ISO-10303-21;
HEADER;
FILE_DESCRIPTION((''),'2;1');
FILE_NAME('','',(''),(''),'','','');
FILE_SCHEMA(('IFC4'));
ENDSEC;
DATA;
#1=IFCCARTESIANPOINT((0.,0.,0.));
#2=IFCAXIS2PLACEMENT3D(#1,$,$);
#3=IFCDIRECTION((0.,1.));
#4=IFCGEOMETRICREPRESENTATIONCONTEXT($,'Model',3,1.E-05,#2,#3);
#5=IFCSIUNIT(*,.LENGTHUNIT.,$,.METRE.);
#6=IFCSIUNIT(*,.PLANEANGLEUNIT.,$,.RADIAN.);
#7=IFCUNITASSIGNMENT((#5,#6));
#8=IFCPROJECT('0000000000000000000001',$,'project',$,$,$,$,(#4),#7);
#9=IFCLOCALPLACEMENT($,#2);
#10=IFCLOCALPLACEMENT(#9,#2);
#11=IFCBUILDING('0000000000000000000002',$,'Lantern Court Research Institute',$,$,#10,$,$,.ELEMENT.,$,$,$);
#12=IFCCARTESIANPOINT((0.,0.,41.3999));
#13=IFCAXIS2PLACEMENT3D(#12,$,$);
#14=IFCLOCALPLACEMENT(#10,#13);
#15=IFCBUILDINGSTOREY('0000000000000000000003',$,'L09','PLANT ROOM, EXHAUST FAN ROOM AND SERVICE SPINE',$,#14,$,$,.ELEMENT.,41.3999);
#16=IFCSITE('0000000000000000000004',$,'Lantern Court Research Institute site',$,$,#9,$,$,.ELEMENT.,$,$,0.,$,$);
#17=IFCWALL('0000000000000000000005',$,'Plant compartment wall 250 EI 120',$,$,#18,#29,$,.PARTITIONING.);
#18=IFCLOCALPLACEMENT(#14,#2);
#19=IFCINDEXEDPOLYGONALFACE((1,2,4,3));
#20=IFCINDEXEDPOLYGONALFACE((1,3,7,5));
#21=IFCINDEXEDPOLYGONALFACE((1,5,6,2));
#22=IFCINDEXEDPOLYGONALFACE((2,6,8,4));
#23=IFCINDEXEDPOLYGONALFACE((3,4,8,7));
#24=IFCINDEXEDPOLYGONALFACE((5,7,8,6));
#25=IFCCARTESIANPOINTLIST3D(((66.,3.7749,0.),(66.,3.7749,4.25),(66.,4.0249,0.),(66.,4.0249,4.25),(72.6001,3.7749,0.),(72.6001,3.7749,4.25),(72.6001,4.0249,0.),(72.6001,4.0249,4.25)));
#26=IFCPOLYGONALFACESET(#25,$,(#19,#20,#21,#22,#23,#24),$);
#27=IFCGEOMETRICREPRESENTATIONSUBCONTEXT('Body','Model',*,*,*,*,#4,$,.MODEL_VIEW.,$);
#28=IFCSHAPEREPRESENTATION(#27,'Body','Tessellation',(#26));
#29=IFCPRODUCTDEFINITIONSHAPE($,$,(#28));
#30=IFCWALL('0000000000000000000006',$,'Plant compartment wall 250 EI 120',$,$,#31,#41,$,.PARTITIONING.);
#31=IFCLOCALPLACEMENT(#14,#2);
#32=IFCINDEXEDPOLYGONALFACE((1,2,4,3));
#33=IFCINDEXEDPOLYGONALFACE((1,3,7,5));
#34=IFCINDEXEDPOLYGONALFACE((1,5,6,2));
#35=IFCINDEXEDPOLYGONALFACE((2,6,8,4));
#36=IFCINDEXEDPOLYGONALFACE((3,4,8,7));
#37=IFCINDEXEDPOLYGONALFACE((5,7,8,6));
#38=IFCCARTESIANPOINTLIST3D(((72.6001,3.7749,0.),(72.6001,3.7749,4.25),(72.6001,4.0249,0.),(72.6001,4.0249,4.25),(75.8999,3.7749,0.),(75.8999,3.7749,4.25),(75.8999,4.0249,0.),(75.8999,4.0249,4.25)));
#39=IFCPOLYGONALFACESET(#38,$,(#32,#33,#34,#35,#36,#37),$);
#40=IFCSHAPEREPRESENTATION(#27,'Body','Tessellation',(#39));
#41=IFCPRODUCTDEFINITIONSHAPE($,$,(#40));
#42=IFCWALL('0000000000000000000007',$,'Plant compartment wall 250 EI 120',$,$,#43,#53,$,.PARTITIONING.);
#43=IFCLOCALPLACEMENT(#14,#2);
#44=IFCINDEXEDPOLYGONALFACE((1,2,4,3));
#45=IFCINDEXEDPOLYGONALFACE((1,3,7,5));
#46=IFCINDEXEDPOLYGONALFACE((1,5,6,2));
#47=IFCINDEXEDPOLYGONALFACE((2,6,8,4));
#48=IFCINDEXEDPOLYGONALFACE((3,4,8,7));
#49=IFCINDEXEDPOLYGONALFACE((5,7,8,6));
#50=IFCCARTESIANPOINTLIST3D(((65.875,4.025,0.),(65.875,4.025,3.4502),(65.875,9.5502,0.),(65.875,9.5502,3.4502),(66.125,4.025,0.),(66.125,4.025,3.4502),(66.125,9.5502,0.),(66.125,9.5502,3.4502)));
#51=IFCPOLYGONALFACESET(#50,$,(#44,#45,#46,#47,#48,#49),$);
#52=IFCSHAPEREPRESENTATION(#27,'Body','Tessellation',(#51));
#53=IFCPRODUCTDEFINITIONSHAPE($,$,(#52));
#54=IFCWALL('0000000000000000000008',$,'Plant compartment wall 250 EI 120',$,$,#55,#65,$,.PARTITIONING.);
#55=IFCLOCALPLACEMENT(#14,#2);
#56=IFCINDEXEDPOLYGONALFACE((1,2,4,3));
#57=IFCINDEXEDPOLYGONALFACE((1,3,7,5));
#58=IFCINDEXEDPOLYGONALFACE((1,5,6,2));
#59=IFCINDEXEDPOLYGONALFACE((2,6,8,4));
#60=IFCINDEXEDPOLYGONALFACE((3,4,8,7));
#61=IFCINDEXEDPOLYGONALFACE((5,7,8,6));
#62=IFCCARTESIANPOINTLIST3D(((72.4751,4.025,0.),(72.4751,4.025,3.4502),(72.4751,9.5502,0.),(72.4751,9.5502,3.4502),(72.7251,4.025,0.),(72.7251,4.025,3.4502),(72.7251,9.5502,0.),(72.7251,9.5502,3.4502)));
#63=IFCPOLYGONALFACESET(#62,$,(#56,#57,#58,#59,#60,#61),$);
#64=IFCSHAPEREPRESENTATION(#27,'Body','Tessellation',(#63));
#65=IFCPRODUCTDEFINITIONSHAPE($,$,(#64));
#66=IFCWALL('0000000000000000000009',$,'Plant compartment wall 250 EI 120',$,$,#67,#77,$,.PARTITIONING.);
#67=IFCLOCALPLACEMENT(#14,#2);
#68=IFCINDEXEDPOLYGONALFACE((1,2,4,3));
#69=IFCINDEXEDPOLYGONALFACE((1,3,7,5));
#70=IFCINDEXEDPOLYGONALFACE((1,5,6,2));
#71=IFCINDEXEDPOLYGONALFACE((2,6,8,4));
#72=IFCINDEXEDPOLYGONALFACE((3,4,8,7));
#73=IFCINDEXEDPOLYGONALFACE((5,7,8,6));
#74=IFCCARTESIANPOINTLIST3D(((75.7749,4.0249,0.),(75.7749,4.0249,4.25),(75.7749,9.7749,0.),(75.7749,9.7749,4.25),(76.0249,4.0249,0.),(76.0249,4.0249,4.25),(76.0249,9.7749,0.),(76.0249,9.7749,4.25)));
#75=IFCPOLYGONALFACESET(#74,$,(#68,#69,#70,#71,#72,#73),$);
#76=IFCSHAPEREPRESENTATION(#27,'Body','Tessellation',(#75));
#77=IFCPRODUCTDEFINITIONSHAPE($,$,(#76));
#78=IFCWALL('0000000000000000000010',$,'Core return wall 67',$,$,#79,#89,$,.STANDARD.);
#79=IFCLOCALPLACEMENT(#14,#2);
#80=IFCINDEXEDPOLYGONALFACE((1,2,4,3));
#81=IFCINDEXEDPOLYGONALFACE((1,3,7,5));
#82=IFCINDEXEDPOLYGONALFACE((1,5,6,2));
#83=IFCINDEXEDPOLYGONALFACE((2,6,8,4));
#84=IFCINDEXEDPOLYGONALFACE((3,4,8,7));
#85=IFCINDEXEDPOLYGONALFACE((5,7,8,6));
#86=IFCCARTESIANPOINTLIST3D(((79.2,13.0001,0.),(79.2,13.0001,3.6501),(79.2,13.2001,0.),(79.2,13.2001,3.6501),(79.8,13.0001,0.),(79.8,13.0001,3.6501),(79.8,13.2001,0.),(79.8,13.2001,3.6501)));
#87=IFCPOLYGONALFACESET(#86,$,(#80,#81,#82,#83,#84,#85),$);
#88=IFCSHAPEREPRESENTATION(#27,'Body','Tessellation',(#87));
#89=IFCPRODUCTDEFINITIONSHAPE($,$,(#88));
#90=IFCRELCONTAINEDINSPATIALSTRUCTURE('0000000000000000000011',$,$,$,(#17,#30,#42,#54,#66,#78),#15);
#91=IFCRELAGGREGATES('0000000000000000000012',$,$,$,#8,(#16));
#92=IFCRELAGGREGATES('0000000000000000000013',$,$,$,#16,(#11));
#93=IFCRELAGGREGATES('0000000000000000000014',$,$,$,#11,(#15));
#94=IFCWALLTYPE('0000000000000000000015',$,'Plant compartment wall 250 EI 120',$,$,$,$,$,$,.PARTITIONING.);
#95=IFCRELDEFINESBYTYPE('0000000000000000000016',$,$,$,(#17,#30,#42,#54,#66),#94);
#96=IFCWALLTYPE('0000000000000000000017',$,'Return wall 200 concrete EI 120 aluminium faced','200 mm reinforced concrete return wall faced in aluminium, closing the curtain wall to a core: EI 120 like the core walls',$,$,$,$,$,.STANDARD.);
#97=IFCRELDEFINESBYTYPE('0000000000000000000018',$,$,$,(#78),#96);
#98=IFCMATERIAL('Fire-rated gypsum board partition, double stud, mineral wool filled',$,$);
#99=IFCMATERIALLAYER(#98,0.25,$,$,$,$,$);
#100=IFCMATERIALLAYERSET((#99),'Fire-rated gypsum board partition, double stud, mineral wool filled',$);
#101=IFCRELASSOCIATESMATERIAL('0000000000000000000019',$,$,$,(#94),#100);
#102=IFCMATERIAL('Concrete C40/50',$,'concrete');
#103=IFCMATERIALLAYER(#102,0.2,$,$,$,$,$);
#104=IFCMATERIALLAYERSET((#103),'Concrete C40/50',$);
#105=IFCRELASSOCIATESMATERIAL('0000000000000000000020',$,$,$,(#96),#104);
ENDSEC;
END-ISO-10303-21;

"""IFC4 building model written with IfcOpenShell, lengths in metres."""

from ifc_helpers import new_model, si_unit, direction, frame, frame_2d, origin, place, context, subcontext, project, spatial, rectangle, extrude, material, layer, layer_set, type_object, element, save


model = new_model("IFC4")

# Units and contexts
model_context = context("Model", 3, precision=1e-05, world=origin(), true_north=direction((0.0, 1.0)))
body_context = subcontext(model_context, "Body", "Model", "MODEL_VIEW")
ifc_project = project(units=[si_unit("LENGTHUNIT", "METRE"), si_unit("PLANEANGLEUNIT", "RADIAN")], contexts=[model_context])

# Site, building, storey
site_placement = place(None, origin())
site = spatial("IfcSite", under=ifc_project, at=site_placement, Name="Lantern Court Research Institute site", CompositionType="ELEMENT", RefElevation=0.0)
building_placement = place(site_placement, origin())
building = spatial("IfcBuilding", under=site, at=building_placement, Name="Lantern Court Research Institute", CompositionType="ELEMENT")
storey_placement = place(building_placement, frame((0.0, 0.0, 41.3999)))
storey = spatial("IfcBuildingStorey", under=building, at=storey_placement, Name="L09", Description="PLANT ROOM, EXHAUST FAN ROOM AND SERVICE SPINE", CompositionType="ELEMENT", Elevation=41.3999)

# Shared definitions
ifc_material_1 = material(Name="Fire-rated gypsum board partition, double stud, mineral wool filled")
ifc_layer_1 = layer(ifc_material_1, 0.25)
ifc_layer_set_1 = layer_set([ifc_layer_1], Name="Fire-rated gypsum board partition, double stud, mineral wool filled")
wall_type_1 = type_object("IfcWallType", Name="Plant compartment wall 250 EI 120", PredefinedType="PARTITIONING", material=ifc_layer_set_1)

# Walls
wall_1_placement = place(storey_placement, frame((72.6001, 3.8999, 0.0), z_axis=(0.0, 0.0, 1.0), x_axis=(-1.0, 0.0, 0.0)))
element("IfcWall", 1, at=wall_1_placement, inside=storey, type_object=wall_type_1, Name="Plant compartment wall 250 EI 120", PredefinedType="PARTITIONING", context=body_context, shape_type="SweptSolid", body=[
    extrude(rectangle(XDim=6.6001, YDim=0.25, at=frame_2d((3.3, 0.0))), origin(), (0.0, 0.0, 1.0), 4.25),
])
wall_2_placement = place(storey_placement, frame((75.8999, 3.8999, 0.0), z_axis=(0.0, 0.0, 1.0), x_axis=(-1.0, 0.0, 0.0)))
element("IfcWall", 2, at=wall_2_placement, inside=storey, type_object=wall_type_1, Name="Plant compartment wall 250 EI 120", PredefinedType="PARTITIONING", context=body_context, shape_type="SweptSolid", body=[
    extrude(rectangle(XDim=3.2998, YDim=0.25, at=frame_2d((1.6499, 0.0))), origin(), (0.0, 0.0, 1.0), 4.25),
])
for number, where, z_axis, x_axis, name in (
    (3, (66.0, 4.0249, 0.0), (0.0, 0.0, 1.0), (0.0, 1.0, 0.0), "Plant compartment wall 250 EI 120"),
    (4, (72.6001, 4.0249, 0.0), (0.0, 0.0, 1.0), (0.0, 1.0, 0.0), "Plant compartment wall 250 EI 120"),
):
    element("IfcWall", number, at=place(storey_placement, frame(where, z_axis=z_axis, x_axis=x_axis)), inside=storey, type_object=wall_type_1, Name=name, PredefinedType="PARTITIONING", context=body_context, shape_type="SweptSolid", body=[
        extrude(rectangle(XDim=5.5251, YDim=0.25, at=frame_2d((2.7627, 0.0))), origin(), (0.0, 0.0, 1.0), 3.4502),
    ])
wall_3_placement = place(storey_placement, frame((75.8999, 4.0249, 0.0), z_axis=(0.0, 0.0, 1.0), x_axis=(0.0, 1.0, 0.0)))
element("IfcWall", 5, at=wall_3_placement, inside=storey, type_object=wall_type_1, Name="Plant compartment wall 250 EI 120", PredefinedType="PARTITIONING", context=body_context, shape_type="SweptSolid", body=[
    extrude(rectangle(XDim=5.75, YDim=0.25, at=frame_2d((2.875, 0.0))), origin(), (0.0, 0.0, 1.0), 4.25),
])
ifc_material_2 = material(Name="Concrete C40/50", Category="concrete")
ifc_layer_2 = layer(ifc_material_2, 0.2)
ifc_layer_set_2 = layer_set([ifc_layer_2], Name="Concrete C40/50")
wall_type_2 = type_object("IfcWallType", Name="Return wall 200 concrete EI 120 aluminium faced", Description="200 mm reinforced concrete return wall faced in aluminium, closing the curtain wall to a core: EI 120 like the core walls", PredefinedType="STANDARD", material=ifc_layer_set_2)
wall_4_placement = place(storey_placement, frame((79.2, 13.1001, 0.0), z_axis=(0.0, 0.0, 1.0), x_axis=(1.0, 0.0, 0.0)))
element("IfcWall", 6, at=wall_4_placement, inside=storey, type_object=wall_type_2, Name="Core return wall 67", PredefinedType="STANDARD", context=body_context, shape_type="SweptSolid", body=[
    extrude(rectangle(XDim=0.6001, YDim=0.2, at=frame_2d((0.3, 0.0))), origin(), (0.0, 0.0, 1.0), 3.6501),
])

save(model, "model.ifc")
